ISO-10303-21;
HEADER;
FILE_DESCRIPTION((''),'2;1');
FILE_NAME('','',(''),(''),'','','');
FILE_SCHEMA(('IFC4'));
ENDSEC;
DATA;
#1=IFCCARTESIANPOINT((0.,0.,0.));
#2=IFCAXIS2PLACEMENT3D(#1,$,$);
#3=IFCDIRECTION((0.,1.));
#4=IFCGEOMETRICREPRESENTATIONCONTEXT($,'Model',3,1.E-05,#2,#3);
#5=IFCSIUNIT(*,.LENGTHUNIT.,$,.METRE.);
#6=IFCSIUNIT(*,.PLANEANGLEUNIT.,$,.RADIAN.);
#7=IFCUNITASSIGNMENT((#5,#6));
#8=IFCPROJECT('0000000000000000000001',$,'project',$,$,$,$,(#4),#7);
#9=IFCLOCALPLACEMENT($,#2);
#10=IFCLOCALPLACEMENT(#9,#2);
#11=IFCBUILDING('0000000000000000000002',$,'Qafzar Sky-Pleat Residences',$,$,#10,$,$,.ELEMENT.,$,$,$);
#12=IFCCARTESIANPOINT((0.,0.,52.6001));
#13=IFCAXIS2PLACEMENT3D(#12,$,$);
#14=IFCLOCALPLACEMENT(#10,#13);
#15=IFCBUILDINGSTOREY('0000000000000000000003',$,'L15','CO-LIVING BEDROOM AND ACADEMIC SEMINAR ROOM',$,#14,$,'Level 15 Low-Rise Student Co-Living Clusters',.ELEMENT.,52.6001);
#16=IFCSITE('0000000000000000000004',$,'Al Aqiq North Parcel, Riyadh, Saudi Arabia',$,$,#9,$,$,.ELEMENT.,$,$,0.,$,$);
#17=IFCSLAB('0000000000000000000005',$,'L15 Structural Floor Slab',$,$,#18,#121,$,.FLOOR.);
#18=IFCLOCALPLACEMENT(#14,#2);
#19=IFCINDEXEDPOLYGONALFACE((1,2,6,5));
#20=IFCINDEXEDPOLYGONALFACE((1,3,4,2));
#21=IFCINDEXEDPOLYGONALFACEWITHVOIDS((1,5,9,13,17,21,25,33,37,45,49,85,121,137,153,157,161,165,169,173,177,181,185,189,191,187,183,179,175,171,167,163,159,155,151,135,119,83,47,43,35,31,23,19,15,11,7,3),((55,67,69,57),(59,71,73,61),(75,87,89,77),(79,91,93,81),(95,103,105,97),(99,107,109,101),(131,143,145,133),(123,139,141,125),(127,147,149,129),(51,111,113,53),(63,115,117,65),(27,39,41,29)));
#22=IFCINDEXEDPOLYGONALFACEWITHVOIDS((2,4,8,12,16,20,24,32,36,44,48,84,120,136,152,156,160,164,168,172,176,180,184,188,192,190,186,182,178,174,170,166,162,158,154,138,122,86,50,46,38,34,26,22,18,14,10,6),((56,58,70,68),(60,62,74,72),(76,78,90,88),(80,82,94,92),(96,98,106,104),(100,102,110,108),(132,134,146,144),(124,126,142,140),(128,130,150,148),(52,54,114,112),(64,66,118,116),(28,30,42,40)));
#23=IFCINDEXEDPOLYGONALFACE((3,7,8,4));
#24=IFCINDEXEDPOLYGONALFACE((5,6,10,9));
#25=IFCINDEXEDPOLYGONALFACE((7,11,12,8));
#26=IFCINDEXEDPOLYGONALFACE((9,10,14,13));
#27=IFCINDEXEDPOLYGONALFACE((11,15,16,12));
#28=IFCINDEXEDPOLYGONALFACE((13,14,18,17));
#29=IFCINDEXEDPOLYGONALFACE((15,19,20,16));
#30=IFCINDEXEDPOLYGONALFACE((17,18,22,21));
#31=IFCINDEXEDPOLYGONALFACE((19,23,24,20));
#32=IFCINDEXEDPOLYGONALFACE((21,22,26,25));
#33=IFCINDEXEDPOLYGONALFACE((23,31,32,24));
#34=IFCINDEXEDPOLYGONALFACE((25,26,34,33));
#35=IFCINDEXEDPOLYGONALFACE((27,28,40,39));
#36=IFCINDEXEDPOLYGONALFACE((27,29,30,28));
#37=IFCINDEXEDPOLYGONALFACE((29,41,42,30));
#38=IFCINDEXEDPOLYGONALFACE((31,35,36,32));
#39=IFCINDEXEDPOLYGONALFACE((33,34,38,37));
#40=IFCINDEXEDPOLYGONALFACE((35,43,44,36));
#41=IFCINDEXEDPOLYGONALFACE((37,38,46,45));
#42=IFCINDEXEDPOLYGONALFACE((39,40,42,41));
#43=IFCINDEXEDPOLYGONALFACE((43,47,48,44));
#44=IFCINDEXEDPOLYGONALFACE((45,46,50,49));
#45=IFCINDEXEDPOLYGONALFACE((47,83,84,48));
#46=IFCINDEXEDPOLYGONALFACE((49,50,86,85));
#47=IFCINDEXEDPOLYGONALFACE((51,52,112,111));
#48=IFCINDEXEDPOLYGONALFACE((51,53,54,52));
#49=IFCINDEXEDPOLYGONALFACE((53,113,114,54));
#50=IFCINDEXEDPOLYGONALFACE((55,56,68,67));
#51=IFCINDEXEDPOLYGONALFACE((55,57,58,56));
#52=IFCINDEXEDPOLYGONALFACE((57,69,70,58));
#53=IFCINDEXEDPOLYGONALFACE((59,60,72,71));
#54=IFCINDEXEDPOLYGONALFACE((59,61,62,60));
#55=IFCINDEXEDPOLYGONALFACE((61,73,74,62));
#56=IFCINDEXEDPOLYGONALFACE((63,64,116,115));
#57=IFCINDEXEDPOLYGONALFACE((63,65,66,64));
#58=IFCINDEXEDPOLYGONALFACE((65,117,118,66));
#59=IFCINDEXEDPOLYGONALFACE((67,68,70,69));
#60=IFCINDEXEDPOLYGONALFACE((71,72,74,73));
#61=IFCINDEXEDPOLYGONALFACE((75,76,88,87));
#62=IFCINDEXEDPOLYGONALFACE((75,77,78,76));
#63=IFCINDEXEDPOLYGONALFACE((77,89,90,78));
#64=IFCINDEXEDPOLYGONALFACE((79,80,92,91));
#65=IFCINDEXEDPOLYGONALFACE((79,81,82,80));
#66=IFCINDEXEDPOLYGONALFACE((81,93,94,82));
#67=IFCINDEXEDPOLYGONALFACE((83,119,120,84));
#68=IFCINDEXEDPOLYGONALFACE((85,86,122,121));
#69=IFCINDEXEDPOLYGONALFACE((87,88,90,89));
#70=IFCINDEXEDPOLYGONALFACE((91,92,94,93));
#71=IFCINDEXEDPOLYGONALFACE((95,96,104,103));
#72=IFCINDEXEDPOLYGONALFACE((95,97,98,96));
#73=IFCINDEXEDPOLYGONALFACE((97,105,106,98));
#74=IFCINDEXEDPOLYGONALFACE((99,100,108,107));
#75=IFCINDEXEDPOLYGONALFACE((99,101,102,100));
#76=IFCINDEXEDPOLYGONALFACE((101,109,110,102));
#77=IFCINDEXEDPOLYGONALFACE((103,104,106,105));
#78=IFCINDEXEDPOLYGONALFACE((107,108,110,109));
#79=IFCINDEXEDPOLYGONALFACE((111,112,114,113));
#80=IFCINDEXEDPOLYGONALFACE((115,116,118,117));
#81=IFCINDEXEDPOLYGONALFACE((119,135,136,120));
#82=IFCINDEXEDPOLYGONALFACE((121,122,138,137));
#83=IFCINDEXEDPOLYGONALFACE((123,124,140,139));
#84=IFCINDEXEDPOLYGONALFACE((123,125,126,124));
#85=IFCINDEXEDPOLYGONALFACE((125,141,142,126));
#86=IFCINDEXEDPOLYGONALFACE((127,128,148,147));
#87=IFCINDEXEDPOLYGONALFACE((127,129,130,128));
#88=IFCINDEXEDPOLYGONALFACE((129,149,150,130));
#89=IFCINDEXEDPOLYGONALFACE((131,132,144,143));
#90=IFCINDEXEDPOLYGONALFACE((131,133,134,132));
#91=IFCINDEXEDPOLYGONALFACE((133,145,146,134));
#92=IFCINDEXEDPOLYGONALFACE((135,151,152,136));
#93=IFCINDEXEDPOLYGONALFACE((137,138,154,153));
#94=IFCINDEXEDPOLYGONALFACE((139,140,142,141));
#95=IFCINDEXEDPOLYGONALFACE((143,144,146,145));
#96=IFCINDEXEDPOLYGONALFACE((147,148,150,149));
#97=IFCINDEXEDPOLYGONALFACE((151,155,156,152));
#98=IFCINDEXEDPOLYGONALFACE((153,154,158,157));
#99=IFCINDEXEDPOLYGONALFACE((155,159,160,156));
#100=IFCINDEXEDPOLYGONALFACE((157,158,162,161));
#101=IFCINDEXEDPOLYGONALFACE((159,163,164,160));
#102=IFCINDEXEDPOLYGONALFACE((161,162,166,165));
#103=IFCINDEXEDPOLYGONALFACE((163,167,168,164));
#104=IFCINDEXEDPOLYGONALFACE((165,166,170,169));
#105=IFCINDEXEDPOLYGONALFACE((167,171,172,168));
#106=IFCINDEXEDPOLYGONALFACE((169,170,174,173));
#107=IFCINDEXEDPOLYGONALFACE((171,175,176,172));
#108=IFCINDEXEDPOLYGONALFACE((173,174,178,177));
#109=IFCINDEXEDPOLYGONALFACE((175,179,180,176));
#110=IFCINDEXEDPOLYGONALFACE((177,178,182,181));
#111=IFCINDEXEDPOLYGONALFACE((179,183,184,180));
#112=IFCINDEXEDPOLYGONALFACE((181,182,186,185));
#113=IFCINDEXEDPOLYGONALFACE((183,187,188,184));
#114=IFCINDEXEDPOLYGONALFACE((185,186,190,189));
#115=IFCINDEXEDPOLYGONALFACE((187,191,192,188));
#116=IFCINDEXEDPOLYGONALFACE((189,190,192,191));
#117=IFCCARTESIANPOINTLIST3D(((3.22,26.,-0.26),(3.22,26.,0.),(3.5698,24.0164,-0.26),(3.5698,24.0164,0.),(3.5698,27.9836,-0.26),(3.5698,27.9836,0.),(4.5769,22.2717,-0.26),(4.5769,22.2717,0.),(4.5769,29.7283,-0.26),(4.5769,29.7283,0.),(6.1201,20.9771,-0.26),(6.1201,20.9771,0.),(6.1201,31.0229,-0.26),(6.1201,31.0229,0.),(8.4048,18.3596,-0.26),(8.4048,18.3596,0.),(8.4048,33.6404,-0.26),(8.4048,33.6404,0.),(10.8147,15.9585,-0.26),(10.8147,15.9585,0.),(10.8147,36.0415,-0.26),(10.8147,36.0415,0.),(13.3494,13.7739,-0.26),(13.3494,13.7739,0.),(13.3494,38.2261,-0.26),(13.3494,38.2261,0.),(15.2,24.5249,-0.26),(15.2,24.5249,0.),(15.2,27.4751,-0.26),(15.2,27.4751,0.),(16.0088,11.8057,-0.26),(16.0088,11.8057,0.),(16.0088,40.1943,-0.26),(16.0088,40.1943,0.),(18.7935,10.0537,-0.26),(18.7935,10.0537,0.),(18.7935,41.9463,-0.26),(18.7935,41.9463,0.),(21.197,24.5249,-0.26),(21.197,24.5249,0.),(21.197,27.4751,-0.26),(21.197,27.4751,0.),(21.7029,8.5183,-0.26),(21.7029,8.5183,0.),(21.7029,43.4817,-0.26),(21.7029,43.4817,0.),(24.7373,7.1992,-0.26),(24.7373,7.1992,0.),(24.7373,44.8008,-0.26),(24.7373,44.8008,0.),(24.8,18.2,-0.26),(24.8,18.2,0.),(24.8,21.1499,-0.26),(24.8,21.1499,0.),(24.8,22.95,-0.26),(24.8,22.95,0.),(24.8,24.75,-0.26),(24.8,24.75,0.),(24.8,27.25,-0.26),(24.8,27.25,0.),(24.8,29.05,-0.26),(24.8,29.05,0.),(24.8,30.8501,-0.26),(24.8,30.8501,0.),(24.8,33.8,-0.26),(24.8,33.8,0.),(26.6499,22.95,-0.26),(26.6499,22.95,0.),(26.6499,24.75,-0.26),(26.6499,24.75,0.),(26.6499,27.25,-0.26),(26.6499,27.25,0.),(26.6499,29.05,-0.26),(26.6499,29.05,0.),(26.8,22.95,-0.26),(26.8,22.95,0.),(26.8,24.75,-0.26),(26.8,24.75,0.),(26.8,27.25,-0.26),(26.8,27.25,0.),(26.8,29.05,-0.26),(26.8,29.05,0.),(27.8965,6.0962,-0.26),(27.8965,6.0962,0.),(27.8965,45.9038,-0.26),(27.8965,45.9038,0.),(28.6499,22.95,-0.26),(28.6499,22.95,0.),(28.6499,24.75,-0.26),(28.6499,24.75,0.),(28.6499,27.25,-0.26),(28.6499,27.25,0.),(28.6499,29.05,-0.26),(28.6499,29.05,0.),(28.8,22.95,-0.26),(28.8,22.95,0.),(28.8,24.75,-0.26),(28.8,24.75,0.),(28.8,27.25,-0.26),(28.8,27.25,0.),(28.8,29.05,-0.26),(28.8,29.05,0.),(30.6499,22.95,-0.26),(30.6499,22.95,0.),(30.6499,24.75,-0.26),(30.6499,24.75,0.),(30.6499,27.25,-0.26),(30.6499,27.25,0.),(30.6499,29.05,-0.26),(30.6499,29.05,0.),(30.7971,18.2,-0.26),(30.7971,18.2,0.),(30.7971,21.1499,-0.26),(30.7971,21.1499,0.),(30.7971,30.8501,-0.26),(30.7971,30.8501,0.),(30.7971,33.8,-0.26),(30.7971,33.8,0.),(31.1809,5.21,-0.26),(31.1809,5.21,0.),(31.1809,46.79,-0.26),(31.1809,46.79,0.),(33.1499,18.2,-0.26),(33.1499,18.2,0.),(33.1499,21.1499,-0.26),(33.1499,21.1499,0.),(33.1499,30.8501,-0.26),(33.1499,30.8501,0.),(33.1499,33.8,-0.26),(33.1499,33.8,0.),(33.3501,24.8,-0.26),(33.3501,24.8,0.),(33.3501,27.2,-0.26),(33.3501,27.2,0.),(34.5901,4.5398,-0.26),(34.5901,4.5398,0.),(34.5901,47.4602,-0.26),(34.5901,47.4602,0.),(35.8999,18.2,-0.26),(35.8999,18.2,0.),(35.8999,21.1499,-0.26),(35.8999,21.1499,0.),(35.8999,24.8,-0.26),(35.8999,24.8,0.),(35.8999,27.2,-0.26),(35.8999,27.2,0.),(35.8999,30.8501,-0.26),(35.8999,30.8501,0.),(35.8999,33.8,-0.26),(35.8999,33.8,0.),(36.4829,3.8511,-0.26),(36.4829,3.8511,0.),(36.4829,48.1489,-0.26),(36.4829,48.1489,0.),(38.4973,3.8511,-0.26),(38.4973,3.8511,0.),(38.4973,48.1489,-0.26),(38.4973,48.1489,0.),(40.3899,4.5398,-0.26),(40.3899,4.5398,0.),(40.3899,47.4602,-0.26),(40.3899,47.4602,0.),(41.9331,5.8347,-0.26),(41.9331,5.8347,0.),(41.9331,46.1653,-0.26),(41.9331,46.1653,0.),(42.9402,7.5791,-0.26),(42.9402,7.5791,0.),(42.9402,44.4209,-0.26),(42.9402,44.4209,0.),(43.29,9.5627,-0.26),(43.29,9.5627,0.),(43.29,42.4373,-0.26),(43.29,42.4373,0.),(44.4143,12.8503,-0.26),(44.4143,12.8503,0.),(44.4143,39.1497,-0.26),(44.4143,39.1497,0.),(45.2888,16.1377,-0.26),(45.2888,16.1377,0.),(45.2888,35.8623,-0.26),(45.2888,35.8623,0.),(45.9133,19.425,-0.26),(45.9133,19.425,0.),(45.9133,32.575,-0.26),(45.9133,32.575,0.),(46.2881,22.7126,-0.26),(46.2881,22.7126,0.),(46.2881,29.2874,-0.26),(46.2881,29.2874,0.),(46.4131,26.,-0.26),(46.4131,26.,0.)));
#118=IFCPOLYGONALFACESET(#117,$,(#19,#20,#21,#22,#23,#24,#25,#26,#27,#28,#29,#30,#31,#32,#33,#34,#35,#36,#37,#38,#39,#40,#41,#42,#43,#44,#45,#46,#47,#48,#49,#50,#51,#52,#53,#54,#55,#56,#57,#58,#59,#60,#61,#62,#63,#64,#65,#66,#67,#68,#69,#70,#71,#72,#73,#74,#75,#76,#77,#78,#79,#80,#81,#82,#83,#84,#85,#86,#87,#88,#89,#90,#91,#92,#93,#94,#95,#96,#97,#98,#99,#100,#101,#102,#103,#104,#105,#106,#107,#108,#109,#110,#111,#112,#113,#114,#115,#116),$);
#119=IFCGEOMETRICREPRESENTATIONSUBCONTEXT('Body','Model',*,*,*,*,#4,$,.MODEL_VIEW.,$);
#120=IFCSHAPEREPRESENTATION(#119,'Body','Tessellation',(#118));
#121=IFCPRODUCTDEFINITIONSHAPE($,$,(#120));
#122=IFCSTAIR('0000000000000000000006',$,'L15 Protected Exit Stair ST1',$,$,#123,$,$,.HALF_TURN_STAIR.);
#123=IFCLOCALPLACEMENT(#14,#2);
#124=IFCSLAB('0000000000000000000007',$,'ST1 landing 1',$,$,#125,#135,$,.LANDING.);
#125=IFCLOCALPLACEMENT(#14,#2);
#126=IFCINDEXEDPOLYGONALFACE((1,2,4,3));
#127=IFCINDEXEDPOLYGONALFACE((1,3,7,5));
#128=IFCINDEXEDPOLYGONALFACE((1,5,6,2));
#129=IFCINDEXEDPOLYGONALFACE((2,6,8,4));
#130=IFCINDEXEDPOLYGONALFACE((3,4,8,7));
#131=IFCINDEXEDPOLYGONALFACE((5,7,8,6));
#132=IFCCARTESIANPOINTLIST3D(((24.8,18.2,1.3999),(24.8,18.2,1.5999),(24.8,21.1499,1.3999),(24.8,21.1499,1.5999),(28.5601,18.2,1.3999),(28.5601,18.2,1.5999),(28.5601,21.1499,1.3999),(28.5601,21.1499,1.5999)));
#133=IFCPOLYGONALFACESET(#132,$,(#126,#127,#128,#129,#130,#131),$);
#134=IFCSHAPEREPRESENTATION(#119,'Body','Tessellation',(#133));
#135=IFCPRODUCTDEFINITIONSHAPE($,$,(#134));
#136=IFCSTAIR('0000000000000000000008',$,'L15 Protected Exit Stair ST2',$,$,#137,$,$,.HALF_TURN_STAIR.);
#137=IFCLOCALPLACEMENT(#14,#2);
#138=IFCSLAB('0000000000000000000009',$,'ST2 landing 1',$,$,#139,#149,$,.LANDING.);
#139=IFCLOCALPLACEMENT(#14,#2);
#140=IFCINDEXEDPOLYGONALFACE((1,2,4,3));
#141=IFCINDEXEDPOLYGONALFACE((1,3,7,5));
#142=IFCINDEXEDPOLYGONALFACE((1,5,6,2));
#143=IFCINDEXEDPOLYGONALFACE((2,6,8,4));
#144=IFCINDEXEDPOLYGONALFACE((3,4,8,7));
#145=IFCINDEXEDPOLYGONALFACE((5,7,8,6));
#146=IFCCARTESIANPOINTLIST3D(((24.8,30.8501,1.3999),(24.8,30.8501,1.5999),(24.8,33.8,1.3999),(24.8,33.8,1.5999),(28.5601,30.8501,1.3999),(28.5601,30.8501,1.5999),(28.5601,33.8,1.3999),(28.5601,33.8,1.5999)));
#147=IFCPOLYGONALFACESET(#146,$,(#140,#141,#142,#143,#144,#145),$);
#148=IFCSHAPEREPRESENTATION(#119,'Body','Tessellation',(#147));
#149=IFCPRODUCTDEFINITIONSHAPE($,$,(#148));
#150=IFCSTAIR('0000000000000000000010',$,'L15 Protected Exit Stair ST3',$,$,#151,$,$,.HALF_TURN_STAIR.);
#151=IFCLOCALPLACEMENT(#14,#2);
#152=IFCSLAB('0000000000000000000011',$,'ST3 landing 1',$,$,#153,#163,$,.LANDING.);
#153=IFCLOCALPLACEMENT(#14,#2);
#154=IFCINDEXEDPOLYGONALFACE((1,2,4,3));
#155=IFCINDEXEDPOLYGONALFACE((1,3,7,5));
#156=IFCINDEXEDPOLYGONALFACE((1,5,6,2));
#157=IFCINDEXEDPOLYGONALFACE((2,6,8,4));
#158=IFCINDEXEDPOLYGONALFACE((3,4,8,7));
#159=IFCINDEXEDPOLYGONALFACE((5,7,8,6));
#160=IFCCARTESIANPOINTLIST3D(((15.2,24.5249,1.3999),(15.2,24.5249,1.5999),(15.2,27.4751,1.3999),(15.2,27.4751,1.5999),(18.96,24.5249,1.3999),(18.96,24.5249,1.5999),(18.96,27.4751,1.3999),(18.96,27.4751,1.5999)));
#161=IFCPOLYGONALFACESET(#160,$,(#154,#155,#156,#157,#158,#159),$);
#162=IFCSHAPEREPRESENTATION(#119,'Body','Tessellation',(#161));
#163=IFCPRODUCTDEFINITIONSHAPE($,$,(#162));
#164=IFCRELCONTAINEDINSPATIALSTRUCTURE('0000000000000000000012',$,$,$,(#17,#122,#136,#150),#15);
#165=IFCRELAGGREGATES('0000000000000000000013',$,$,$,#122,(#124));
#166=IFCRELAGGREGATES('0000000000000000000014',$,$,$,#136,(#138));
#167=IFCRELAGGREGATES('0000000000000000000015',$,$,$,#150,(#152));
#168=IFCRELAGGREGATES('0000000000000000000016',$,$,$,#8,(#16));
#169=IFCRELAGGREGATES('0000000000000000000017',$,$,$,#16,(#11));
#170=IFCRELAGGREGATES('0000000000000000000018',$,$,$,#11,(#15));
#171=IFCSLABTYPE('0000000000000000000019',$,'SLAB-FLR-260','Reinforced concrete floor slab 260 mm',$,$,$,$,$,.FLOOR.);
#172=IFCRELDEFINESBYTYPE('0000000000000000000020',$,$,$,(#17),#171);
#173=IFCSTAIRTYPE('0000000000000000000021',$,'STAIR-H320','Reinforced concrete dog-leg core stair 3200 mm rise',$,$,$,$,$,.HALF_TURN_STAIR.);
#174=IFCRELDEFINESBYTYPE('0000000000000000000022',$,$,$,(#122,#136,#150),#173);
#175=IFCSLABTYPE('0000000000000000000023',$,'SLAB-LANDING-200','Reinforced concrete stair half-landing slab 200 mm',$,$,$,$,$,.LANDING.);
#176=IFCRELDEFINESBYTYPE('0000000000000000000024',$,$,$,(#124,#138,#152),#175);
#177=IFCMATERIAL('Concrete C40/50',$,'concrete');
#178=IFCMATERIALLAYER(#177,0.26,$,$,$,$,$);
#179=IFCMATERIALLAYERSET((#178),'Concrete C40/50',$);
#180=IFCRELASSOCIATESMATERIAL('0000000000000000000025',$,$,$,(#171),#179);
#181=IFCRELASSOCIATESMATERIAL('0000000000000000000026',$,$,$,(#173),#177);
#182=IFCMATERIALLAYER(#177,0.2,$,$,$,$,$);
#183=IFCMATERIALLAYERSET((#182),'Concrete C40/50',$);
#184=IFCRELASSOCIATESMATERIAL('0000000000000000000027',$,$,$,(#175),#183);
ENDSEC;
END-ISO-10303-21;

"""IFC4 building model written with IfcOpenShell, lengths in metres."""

from ifc_helpers import new_model, si_unit, direction, frame, origin, place, context, subcontext, project, spatial, polyline, outline, extrude, material, layer, layer_set, type_object, element, aggregate, save


model = new_model("IFC4")

# Units and contexts
model_context = context("Model", 3, precision=1e-05, world=origin(), true_north=direction((0.0, 1.0)))
body_context = subcontext(model_context, "Body", "Model", "MODEL_VIEW")
ifc_project = project(units=[si_unit("LENGTHUNIT", "METRE"), si_unit("PLANEANGLEUNIT", "RADIAN")], contexts=[model_context])

# Site, building, storey
site_placement = place(None, origin())
site = spatial("IfcSite", under=ifc_project, at=site_placement, Name="Al Aqiq North Parcel, Riyadh, Saudi Arabia", CompositionType="ELEMENT", RefElevation=0.0)
building_placement = place(site_placement, origin())
building = spatial("IfcBuilding", under=site, at=building_placement, Name="Qafzar Sky-Pleat Residences", CompositionType="ELEMENT")
storey_placement = place(building_placement, frame((0.0, 0.0, 52.6001)))
storey = spatial("IfcBuildingStorey", under=building, at=storey_placement, Name="L15", Description="CO-LIVING BEDROOM AND ACADEMIC SEMINAR ROOM", LongName="Level 15 Low-Rise Student Co-Living Clusters", CompositionType="ELEMENT", Elevation=52.6001)

# Slab
ifc_material_1 = material(Name="Concrete C40/50", Category="concrete")
ifc_layer_1 = layer(ifc_material_1, 0.26)
ifc_layer_set_1 = layer_set([ifc_layer_1], Name="Concrete C40/50")
slab_type_1 = type_object("IfcSlabType", Name="SLAB-FLR-260", Description="Reinforced concrete floor slab 260 mm", PredefinedType="FLOOR", material=ifc_layer_set_1)
slab_1_placement = place(storey_placement, frame((0.0, 0.0, -0.26)))
element("IfcSlab", 1, at=slab_1_placement, inside=storey, type_object=slab_type_1, Name="L15 Structural Floor Slab", PredefinedType="FLOOR", context=body_context, shape_type="SweptSolid", body=[
    extrude(outline(polyline([(6.1201, 31.0229), (4.5769, 29.7283), (3.5698, 27.9836), (3.22, 26.0), (3.5698, 24.0164), (4.5769, 22.2717), (6.1201, 20.9771), (8.4048, 18.3596), (10.8147, 15.9585), (13.3494, 13.7739), (16.0088, 11.8057), (18.7935, 10.0537), (21.7029, 8.5183), (24.7373, 7.1992), (27.8965, 6.0962), (31.1809, 5.21), (34.5901, 4.5398), (36.4829, 3.8511), (38.4973, 3.8511), (40.3899, 4.5398), (41.9331, 5.8347), (42.9402, 7.5791), (43.29, 9.5627), (44.4143, 12.8503), (45.2888, 16.1377), (45.9133, 19.425), (46.2881, 22.7126), (46.4131, 26.0), (46.2881, 29.2874), (45.9133, 32.575), (45.2888, 35.8623), (44.4143, 39.1497), (43.29, 42.4373), (42.9402, 44.4209), (41.9331, 46.1653), (40.3899, 47.4602), (38.4973, 48.1489), (36.4829, 48.1489), (34.5901, 47.4602), (31.1809, 46.79), (27.8965, 45.9038), (24.7373, 44.8008), (21.7029, 43.4817), (18.7935, 41.9463), (16.0088, 40.1943), (13.3494, 38.2261), (10.8147, 36.0415), (8.4048, 33.6404), (6.1201, 31.0229)]), holes=[polyline([(30.7971, 21.1499), (24.8, 21.1499), (24.8, 18.2), (30.7971, 18.2), (30.7971, 21.1499)]), polyline([(30.7971, 33.8), (24.8, 33.8), (24.8, 30.8501), (30.7971, 30.8501), (30.7971, 33.8)]), polyline([(21.197, 27.4751), (15.2, 27.4751), (15.2, 24.5249), (21.197, 24.5249), (21.197, 27.4751)]), polyline([(24.8, 22.95), (26.6499, 22.95), (26.6499, 24.75), (24.8, 24.75), (24.8, 22.95)]), polyline([(26.8, 22.95), (28.6499, 22.95), (28.6499, 24.75), (26.8, 24.75), (26.8, 22.95)]), polyline([(28.8, 22.95), (30.6499, 22.95), (30.6499, 24.75), (28.8, 24.75), (28.8, 22.95)]), polyline([(24.8, 27.25), (26.6499, 27.25), (26.6499, 29.05), (24.8, 29.05), (24.8, 27.25)]), polyline([(26.8, 27.25), (28.6499, 27.25), (28.6499, 29.05), (26.8, 29.05), (26.8, 27.25)]), polyline([(28.8, 27.25), (30.6499, 27.25), (30.6499, 29.05), (28.8, 29.05), (28.8, 27.25)]), polyline([(33.1499, 18.2), (35.8999, 18.2), (35.8999, 21.1499), (33.1499, 21.1499), (33.1499, 18.2)]), polyline([(33.1499, 30.8501), (35.8999, 30.8501), (35.8999, 33.8), (33.1499, 33.8), (33.1499, 30.8501)]), polyline([(33.3501, 24.8), (35.8999, 24.8), (35.8999, 27.2), (33.3501, 27.2), (33.3501, 24.8)])]), origin(), (0.0, 0.0, 1.0), 0.26),
])

# Stairs, slabs
stair_type = type_object("IfcStairType", Name="STAIR-H320", Description="Reinforced concrete dog-leg core stair 3200 mm rise", PredefinedType="HALF_TURN_STAIR", material=ifc_material_1)
stair_1_placement = place(storey_placement, origin())
stair_1 = element("IfcStair", 2, at=stair_1_placement, inside=storey, type_object=stair_type, Name="L15 Protected Exit Stair ST1", PredefinedType="HALF_TURN_STAIR")
ifc_layer_2 = layer(ifc_material_1, 0.2)
ifc_layer_set_2 = layer_set([ifc_layer_2], Name="Concrete C40/50")
slab_type_2 = type_object("IfcSlabType", Name="SLAB-LANDING-200", Description="Reinforced concrete stair half-landing slab 200 mm", PredefinedType="LANDING", material=ifc_layer_set_2)
slab_2_placement = place(storey_placement, frame((0.0, 0.0, 1.3999)))
slab_2 = element("IfcSlab", 3, at=slab_2_placement, type_object=slab_type_2, Name="ST1 landing 1", PredefinedType="LANDING", context=body_context, shape_type="SweptSolid", body=[
    extrude(outline(polyline([(28.5601, 21.1499), (24.8, 21.1499), (24.8, 18.2), (28.5601, 18.2), (28.5601, 21.1499)])), origin(), (0.0, 0.0, 1.0), 0.2),
])
aggregate(stair_1, [slab_2])
stair_2_placement = place(storey_placement, origin())
stair_2 = element("IfcStair", 4, at=stair_2_placement, inside=storey, type_object=stair_type, Name="L15 Protected Exit Stair ST2", PredefinedType="HALF_TURN_STAIR")
slab_3_placement = place(storey_placement, frame((0.0, 0.0, 1.3999)))
slab_3 = element("IfcSlab", 5, at=slab_3_placement, type_object=slab_type_2, Name="ST2 landing 1", PredefinedType="LANDING", context=body_context, shape_type="SweptSolid", body=[
    extrude(outline(polyline([(28.5601, 33.8), (24.8, 33.8), (24.8, 30.8501), (28.5601, 30.8501), (28.5601, 33.8)])), origin(), (0.0, 0.0, 1.0), 0.2),
])
aggregate(stair_2, [slab_3])
stair_3_placement = place(storey_placement, origin())
stair_3 = element("IfcStair", 6, at=stair_3_placement, inside=storey, type_object=stair_type, Name="L15 Protected Exit Stair ST3", PredefinedType="HALF_TURN_STAIR")
slab_4_placement = place(storey_placement, frame((0.0, 0.0, 1.3999)))
slab_4 = element("IfcSlab", 7, at=slab_4_placement, type_object=slab_type_2, Name="ST3 landing 1", PredefinedType="LANDING", context=body_context, shape_type="SweptSolid", body=[
    extrude(outline(polyline([(18.96, 27.4751), (15.2, 27.4751), (15.2, 24.5249), (18.96, 24.5249), (18.96, 27.4751)])), origin(), (0.0, 0.0, 1.0), 0.2),
])
aggregate(stair_3, [slab_4])

save(model, "model.ifc")
